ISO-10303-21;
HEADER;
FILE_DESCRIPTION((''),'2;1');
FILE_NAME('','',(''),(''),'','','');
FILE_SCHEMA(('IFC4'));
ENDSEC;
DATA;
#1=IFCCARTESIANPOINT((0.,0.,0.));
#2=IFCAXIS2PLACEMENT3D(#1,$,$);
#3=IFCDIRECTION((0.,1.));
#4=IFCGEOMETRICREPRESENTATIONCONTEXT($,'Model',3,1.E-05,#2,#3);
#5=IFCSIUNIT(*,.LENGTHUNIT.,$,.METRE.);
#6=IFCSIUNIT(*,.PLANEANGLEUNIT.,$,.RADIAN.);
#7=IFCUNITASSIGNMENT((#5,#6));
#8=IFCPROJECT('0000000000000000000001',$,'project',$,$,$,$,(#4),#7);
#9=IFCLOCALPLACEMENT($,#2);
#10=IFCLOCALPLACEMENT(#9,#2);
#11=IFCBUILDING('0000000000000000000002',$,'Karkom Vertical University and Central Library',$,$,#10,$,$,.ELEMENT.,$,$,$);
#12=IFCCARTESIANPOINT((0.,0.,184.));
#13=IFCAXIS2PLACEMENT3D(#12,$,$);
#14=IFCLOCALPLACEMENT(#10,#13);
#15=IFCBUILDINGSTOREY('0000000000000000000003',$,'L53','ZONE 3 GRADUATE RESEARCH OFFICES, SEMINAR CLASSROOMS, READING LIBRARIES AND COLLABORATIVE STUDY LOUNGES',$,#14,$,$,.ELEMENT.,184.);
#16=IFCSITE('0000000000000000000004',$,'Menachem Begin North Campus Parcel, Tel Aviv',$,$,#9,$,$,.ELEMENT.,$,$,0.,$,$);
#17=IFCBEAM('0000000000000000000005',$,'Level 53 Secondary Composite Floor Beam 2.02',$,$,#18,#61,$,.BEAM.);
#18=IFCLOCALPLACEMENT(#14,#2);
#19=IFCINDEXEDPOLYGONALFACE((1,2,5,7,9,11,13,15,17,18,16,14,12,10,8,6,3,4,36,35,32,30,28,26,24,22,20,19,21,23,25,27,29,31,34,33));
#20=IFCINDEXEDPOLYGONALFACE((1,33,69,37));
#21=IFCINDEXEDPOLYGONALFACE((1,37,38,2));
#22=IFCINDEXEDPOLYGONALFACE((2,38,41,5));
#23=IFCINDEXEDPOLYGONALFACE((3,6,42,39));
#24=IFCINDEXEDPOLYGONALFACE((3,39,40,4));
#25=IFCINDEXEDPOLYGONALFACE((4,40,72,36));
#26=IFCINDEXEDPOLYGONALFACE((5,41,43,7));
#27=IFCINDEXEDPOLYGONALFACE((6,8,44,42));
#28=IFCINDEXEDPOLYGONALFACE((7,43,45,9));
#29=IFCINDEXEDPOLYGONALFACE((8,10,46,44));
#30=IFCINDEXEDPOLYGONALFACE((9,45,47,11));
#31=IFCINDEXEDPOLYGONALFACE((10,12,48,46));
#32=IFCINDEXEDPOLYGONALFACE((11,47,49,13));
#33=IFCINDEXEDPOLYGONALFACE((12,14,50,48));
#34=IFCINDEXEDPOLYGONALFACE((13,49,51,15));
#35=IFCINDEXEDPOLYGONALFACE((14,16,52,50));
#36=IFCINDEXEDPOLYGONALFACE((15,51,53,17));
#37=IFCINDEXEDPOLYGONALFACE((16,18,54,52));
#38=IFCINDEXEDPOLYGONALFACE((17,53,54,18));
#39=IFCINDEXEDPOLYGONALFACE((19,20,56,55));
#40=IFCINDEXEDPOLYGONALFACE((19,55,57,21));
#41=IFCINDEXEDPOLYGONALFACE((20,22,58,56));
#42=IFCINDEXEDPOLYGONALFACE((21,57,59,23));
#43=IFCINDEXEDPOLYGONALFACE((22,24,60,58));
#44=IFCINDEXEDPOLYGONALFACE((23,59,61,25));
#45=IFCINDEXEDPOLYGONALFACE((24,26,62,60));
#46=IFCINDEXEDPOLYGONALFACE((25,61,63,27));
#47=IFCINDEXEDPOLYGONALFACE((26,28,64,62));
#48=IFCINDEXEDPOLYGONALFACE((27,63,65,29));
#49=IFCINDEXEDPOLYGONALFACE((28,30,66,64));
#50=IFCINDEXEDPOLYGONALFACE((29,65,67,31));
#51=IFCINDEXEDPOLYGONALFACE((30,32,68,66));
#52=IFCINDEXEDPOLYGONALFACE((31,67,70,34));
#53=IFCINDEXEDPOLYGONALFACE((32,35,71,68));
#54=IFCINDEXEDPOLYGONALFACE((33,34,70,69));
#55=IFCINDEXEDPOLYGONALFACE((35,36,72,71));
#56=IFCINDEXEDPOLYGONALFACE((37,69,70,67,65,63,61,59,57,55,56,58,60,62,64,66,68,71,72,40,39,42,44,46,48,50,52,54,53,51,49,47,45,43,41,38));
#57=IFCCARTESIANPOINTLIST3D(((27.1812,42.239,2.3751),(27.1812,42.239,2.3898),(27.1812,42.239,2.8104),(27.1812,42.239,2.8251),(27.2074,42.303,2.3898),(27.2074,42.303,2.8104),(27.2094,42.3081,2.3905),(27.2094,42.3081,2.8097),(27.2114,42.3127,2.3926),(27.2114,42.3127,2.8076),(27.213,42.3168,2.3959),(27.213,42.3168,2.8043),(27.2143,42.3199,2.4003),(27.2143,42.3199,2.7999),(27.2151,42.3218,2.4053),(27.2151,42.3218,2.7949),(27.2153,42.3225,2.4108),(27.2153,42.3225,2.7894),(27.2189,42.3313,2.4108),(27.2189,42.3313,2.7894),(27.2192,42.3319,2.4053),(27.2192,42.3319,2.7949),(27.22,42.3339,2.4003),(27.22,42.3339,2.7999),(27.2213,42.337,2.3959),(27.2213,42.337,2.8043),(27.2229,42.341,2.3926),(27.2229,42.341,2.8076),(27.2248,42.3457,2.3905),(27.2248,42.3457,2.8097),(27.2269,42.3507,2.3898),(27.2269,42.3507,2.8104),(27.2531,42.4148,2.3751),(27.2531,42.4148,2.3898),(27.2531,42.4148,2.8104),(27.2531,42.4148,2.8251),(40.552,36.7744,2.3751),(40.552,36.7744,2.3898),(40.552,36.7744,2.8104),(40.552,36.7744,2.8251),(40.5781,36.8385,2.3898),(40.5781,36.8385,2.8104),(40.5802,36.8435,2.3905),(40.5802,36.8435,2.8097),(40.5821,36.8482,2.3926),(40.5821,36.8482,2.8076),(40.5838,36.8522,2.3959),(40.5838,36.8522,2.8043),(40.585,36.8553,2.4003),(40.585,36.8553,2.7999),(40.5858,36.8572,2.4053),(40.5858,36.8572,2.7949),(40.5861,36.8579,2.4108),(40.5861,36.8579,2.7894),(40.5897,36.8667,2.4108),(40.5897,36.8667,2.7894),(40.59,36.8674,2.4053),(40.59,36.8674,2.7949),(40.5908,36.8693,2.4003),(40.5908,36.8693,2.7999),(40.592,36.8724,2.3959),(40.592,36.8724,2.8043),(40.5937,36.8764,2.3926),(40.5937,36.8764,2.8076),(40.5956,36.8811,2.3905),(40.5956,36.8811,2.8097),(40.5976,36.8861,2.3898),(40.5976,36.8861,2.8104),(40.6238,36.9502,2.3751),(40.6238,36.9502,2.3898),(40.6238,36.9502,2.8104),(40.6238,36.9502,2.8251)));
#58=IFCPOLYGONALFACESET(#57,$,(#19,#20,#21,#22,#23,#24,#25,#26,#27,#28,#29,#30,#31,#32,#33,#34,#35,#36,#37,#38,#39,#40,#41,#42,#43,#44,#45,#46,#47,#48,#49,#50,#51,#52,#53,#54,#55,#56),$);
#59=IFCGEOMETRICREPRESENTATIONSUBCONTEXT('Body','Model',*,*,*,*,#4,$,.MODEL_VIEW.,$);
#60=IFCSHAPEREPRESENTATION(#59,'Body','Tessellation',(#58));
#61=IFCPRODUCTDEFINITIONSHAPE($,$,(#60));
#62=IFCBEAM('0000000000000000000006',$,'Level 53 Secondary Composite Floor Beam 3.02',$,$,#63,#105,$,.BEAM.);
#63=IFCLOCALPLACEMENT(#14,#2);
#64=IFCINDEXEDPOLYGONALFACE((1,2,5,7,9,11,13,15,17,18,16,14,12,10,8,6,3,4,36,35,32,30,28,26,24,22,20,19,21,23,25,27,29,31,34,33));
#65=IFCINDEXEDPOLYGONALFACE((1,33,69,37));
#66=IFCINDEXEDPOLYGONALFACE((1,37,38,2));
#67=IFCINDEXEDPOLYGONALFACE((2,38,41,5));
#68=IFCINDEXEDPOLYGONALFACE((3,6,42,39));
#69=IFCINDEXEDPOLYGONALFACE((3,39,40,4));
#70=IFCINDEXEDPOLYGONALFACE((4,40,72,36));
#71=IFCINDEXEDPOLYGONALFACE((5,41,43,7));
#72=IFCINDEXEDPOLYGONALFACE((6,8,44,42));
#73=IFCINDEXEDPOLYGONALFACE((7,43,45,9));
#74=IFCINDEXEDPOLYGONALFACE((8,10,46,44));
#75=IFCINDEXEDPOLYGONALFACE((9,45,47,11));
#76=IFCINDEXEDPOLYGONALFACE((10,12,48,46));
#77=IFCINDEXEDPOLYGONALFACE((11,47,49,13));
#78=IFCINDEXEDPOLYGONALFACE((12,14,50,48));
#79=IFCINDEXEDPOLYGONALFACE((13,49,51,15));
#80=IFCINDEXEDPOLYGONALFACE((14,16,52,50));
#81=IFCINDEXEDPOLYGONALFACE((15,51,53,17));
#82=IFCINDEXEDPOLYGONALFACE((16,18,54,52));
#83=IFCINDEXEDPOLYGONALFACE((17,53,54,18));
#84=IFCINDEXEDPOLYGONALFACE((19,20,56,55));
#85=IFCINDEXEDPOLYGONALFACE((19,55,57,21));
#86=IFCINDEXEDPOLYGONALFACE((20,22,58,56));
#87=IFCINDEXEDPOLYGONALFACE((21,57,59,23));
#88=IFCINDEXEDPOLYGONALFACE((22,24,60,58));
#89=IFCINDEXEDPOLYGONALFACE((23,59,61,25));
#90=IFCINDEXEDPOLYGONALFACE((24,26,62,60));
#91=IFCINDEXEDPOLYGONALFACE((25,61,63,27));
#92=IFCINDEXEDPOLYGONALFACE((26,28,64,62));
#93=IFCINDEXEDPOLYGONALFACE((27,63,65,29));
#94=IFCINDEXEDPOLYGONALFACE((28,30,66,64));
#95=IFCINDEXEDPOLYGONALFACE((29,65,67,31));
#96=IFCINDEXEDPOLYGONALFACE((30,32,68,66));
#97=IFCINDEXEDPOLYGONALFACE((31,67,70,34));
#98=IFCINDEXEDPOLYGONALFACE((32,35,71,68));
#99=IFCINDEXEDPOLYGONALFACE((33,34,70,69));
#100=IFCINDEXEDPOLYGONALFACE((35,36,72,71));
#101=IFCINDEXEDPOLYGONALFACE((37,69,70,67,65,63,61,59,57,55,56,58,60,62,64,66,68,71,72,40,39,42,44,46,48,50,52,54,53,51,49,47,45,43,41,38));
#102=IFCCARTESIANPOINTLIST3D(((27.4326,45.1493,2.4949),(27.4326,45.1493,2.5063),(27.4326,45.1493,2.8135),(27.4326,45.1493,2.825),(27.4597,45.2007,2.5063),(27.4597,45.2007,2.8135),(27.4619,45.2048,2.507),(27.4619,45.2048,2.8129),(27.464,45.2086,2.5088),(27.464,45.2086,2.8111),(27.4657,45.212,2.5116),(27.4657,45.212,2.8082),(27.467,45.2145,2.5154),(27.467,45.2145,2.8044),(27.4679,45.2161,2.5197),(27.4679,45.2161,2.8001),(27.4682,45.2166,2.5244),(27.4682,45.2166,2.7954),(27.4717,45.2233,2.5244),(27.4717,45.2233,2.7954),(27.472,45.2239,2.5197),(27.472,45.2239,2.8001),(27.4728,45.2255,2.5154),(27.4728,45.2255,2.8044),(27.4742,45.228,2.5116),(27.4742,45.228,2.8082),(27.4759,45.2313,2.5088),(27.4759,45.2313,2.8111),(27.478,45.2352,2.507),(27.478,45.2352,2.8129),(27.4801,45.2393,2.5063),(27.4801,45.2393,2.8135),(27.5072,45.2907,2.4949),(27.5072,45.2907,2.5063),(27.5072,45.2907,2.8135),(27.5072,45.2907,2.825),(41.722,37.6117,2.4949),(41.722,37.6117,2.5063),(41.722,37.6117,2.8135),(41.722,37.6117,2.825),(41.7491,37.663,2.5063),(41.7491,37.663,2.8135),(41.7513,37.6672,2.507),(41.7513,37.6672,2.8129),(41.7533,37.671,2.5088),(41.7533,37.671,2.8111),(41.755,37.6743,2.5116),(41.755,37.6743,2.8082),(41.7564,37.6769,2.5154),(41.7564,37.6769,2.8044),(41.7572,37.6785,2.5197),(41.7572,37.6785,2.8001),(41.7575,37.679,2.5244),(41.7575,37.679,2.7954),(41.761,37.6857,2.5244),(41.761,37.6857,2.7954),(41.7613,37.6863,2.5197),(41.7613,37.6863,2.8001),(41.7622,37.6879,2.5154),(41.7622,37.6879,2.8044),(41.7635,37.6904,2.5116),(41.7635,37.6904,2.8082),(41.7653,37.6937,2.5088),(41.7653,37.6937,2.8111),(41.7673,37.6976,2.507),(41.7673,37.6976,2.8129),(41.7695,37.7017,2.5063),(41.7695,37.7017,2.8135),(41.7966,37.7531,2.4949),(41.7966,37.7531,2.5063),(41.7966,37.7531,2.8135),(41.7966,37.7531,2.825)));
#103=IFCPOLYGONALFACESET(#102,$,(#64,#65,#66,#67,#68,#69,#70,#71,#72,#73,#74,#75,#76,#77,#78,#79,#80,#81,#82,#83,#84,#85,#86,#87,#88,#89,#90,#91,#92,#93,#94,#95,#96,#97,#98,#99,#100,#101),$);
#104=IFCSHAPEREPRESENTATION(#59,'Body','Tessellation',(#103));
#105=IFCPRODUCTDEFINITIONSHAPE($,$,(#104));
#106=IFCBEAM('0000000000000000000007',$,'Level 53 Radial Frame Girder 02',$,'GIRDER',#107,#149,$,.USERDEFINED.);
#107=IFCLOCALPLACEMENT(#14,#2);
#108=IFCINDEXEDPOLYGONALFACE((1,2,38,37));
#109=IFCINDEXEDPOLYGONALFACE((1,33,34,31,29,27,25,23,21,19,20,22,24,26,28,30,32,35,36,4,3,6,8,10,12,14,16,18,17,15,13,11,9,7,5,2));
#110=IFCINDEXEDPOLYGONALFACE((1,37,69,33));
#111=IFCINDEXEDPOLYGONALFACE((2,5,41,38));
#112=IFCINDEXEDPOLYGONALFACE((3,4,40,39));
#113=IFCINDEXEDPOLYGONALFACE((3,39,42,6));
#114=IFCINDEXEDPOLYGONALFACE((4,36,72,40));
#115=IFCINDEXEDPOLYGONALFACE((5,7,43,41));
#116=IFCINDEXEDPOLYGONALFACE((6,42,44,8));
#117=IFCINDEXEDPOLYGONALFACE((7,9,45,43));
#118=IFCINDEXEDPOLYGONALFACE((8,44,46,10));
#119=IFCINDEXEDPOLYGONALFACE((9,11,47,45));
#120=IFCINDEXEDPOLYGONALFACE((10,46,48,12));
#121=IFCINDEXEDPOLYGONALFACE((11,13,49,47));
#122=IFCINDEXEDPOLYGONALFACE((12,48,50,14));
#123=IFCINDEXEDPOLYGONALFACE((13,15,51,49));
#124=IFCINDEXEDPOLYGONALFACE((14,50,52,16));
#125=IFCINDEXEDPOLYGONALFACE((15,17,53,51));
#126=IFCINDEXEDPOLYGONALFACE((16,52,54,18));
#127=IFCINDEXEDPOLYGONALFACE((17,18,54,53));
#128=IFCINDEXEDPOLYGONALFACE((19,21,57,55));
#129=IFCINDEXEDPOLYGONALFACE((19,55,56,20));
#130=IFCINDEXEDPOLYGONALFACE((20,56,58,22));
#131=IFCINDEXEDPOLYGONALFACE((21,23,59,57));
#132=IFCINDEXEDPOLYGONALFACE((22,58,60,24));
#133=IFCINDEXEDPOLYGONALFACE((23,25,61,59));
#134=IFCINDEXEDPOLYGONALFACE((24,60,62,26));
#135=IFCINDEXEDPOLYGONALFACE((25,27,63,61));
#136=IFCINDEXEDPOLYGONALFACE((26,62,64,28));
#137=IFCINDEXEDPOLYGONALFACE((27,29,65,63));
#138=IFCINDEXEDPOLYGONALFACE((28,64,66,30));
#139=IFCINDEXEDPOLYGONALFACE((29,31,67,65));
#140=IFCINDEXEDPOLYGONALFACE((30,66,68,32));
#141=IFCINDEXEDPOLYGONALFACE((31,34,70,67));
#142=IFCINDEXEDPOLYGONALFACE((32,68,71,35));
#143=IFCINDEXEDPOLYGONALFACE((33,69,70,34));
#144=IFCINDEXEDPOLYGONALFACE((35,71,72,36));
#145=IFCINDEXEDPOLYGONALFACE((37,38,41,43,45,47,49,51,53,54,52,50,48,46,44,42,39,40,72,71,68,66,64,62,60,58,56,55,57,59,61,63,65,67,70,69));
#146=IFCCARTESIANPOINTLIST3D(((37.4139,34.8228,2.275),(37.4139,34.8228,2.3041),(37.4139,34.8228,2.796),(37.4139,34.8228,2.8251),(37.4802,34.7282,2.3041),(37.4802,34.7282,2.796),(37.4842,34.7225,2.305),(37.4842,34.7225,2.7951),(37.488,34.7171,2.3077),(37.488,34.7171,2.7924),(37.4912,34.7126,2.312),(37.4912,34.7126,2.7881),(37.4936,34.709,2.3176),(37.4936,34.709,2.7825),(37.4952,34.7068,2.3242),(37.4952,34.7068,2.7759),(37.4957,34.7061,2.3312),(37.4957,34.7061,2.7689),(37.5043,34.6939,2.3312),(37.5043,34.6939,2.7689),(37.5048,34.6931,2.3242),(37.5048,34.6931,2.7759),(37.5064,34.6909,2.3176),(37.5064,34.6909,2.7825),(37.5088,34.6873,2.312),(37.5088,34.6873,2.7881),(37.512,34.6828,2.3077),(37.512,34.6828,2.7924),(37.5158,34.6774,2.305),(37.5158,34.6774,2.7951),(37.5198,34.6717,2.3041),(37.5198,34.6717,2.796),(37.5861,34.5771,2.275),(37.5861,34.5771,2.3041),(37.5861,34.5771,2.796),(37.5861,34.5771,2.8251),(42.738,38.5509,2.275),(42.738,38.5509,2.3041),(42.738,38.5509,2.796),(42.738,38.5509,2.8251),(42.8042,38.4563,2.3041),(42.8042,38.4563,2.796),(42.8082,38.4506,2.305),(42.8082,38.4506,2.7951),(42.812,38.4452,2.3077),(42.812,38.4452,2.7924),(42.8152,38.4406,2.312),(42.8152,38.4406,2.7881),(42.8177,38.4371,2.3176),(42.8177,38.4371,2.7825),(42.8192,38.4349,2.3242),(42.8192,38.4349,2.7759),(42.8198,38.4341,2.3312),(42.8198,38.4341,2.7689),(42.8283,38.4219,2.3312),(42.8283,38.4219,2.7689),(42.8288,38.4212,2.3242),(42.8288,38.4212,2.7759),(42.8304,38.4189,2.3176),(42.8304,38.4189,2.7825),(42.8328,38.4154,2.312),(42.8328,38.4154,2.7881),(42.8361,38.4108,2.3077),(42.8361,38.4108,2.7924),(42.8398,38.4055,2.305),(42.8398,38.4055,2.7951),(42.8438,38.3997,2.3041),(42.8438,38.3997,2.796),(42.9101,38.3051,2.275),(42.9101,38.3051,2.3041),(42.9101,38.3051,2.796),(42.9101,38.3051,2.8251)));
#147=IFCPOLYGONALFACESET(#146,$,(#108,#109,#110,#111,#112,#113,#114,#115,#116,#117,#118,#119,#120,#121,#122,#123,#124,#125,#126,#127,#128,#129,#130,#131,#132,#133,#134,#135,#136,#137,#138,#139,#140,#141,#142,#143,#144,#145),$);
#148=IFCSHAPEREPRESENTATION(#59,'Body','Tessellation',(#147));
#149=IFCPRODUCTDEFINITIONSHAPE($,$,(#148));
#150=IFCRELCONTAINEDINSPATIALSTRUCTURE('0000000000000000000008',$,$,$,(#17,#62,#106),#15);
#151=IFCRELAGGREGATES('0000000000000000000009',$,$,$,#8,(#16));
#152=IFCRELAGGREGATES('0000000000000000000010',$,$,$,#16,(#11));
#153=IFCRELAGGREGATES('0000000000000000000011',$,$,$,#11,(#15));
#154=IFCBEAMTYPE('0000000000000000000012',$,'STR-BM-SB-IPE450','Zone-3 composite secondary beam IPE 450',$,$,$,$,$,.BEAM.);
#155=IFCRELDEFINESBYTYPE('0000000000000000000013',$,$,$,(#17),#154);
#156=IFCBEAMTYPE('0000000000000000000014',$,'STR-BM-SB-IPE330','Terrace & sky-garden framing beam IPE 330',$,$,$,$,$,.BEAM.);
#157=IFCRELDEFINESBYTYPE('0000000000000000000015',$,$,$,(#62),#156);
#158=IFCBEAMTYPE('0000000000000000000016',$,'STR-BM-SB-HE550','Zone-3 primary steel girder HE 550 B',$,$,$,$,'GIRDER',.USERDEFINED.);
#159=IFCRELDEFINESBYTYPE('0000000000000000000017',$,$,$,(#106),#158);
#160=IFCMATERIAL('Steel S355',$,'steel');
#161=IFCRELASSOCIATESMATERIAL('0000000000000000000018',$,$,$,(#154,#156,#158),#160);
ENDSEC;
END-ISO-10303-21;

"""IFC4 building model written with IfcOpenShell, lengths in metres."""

from ifc_helpers import new_model, si_unit, direction, frame, origin, origin_with_axes, origin_2d, place, context, subcontext, project, spatial, i_section, extrude, source, transform, mapped, material, material_profile, profile_set, type_object, element, save


model = new_model("IFC4")

# Units and contexts
model_context = context("Model", 3, precision=1e-05, world=origin(), true_north=direction((0.0, 1.0)))
body_context = subcontext(model_context, "Body", "Model", "MODEL_VIEW")
ifc_project = project(units=[si_unit("LENGTHUNIT", "METRE"), si_unit("PLANEANGLEUNIT", "RADIAN")], contexts=[model_context])

# Site, building, storey
site_placement = place(None, origin())
site = spatial("IfcSite", under=ifc_project, at=site_placement, Name="Menachem Begin North Campus Parcel, Tel Aviv", CompositionType="ELEMENT", RefElevation=0.0)
building_placement = place(site_placement, origin())
building = spatial("IfcBuilding", under=site, at=building_placement, Name="Karkom Vertical University and Central Library", CompositionType="ELEMENT")
storey_placement = place(building_placement, frame((0.0, 0.0, 184.0)))
storey = spatial("IfcBuildingStorey", under=building, at=storey_placement, Name="L53", Description="ZONE 3 GRADUATE RESEARCH OFFICES, SEMINAR CLASSROOMS, READING LIBRARIES AND COLLABORATIVE STUDY LOUNGES", CompositionType="ELEMENT", Elevation=184.0)

# Beams
ifc_material_1 = material(Name="Steel S355", Category="steel")
ifc_material_profile_1 = material_profile(ifc_material_1, i_section(OverallWidth=0.1899, OverallDepth=0.45, WebThickness=0.0095, FlangeThickness=0.0146, FilletRadius=0.021, at=origin_2d()), Name="IPE 450")
ifc_profile_set_1 = profile_set([ifc_material_profile_1], Name="Steel S355")
beam_type_1 = type_object("IfcBeamType", Name="STR-BM-SB-IPE450", Description="Zone-3 composite secondary beam IPE 450", PredefinedType="BEAM", material=ifc_profile_set_1)
shared_shape_1 = source(origin_with_axes(), body_context, "Body", "SweptSolid", [
    extrude(i_section(OverallWidth=0.1899, OverallDepth=0.45, WebThickness=0.0095, FlangeThickness=0.0146, FilletRadius=0.021, at=origin_2d()), origin(), (0.0, 0.0, 1.0), 14.4443),
])
beam_1_placement = place(storey_placement, frame((40.5879, 36.8623, 2.6001), z_axis=(-0.925675, 0.378319, 0.0), x_axis=(-0.378319, -0.925675, 0.0)))
element("IfcBeam", 1, at=beam_1_placement, inside=storey, type_object=beam_type_1, Name="Level 53 Secondary Composite Floor Beam 2.02", PredefinedType="BEAM", context=body_context, shape_type="MappedRepresentation", body=[
    mapped(shared_shape_1, transform((0.0, 0.0, 0.0), scale=1.0)),
])
ifc_material_profile_2 = material_profile(ifc_material_1, i_section(OverallWidth=0.1599, OverallDepth=0.3301, WebThickness=0.0076, FlangeThickness=0.0115, FilletRadius=0.0181, at=origin_2d()), Name="IPE 330")
ifc_profile_set_2 = profile_set([ifc_material_profile_2], Name="Steel S355")
beam_type_2 = type_object("IfcBeamType", Name="STR-BM-SB-IPE330", Description="Terrace & sky-garden framing beam IPE 330", PredefinedType="BEAM", material=ifc_profile_set_2)
shared_shape_2 = source(origin_with_axes(), body_context, "Body", "SweptSolid", [
    extrude(i_section(OverallWidth=0.1599, OverallDepth=0.3301, WebThickness=0.0076, FlangeThickness=0.0115, FilletRadius=0.0181, at=origin_2d()), origin(), (0.0, 0.0, 1.0), 16.1555),
])
beam_2_placement = place(storey_placement, frame((41.7593, 37.6824, 2.6599), z_axis=(-0.884486, 0.466566, 0.0), x_axis=(-0.466566, -0.884486, 0.0)))
element("IfcBeam", 2, at=beam_2_placement, inside=storey, type_object=beam_type_2, Name="Level 53 Secondary Composite Floor Beam 3.02", PredefinedType="BEAM", context=body_context, shape_type="MappedRepresentation", body=[
    mapped(shared_shape_2, transform((0.0, 0.0, 0.0), scale=1.0)),
])
ifc_material_profile_3 = material_profile(ifc_material_1, i_section(OverallWidth=0.3, OverallDepth=0.55, WebThickness=0.0149, FlangeThickness=0.0291, FilletRadius=0.0271, at=origin_2d()), Name="HE 550 B")
ifc_profile_set_3 = profile_set([ifc_material_profile_3], Name="Steel S355")
beam_type_3 = type_object("IfcBeamType", Name="STR-BM-SB-HE550", Description="Zone-3 primary steel girder HE 550 B", ElementType="GIRDER", PredefinedType="USERDEFINED", material=ifc_profile_set_3)
shared_shape_3 = source(origin_with_axes(), body_context, "Body", "SweptSolid", [
    extrude(i_section(OverallWidth=0.3, OverallDepth=0.55, WebThickness=0.0149, FlangeThickness=0.0291, FilletRadius=0.0271, at=origin_2d()), origin(), (0.0, 0.0, 1.0), 6.4995),
])
beam_3_placement = place(storey_placement, frame((37.5, 34.7, 2.55), z_axis=(0.819142, 0.573591, 0.0), x_axis=(-0.573591, 0.819142, 0.0)))
element("IfcBeam", 3, at=beam_3_placement, inside=storey, type_object=beam_type_3, Name="Level 53 Radial Frame Girder 02", ObjectType="GIRDER", PredefinedType="USERDEFINED", context=body_context, shape_type="MappedRepresentation", body=[
    mapped(shared_shape_3, transform((0.0, 0.0, 0.0), scale=1.0)),
])

save(model, "model.ifc")
